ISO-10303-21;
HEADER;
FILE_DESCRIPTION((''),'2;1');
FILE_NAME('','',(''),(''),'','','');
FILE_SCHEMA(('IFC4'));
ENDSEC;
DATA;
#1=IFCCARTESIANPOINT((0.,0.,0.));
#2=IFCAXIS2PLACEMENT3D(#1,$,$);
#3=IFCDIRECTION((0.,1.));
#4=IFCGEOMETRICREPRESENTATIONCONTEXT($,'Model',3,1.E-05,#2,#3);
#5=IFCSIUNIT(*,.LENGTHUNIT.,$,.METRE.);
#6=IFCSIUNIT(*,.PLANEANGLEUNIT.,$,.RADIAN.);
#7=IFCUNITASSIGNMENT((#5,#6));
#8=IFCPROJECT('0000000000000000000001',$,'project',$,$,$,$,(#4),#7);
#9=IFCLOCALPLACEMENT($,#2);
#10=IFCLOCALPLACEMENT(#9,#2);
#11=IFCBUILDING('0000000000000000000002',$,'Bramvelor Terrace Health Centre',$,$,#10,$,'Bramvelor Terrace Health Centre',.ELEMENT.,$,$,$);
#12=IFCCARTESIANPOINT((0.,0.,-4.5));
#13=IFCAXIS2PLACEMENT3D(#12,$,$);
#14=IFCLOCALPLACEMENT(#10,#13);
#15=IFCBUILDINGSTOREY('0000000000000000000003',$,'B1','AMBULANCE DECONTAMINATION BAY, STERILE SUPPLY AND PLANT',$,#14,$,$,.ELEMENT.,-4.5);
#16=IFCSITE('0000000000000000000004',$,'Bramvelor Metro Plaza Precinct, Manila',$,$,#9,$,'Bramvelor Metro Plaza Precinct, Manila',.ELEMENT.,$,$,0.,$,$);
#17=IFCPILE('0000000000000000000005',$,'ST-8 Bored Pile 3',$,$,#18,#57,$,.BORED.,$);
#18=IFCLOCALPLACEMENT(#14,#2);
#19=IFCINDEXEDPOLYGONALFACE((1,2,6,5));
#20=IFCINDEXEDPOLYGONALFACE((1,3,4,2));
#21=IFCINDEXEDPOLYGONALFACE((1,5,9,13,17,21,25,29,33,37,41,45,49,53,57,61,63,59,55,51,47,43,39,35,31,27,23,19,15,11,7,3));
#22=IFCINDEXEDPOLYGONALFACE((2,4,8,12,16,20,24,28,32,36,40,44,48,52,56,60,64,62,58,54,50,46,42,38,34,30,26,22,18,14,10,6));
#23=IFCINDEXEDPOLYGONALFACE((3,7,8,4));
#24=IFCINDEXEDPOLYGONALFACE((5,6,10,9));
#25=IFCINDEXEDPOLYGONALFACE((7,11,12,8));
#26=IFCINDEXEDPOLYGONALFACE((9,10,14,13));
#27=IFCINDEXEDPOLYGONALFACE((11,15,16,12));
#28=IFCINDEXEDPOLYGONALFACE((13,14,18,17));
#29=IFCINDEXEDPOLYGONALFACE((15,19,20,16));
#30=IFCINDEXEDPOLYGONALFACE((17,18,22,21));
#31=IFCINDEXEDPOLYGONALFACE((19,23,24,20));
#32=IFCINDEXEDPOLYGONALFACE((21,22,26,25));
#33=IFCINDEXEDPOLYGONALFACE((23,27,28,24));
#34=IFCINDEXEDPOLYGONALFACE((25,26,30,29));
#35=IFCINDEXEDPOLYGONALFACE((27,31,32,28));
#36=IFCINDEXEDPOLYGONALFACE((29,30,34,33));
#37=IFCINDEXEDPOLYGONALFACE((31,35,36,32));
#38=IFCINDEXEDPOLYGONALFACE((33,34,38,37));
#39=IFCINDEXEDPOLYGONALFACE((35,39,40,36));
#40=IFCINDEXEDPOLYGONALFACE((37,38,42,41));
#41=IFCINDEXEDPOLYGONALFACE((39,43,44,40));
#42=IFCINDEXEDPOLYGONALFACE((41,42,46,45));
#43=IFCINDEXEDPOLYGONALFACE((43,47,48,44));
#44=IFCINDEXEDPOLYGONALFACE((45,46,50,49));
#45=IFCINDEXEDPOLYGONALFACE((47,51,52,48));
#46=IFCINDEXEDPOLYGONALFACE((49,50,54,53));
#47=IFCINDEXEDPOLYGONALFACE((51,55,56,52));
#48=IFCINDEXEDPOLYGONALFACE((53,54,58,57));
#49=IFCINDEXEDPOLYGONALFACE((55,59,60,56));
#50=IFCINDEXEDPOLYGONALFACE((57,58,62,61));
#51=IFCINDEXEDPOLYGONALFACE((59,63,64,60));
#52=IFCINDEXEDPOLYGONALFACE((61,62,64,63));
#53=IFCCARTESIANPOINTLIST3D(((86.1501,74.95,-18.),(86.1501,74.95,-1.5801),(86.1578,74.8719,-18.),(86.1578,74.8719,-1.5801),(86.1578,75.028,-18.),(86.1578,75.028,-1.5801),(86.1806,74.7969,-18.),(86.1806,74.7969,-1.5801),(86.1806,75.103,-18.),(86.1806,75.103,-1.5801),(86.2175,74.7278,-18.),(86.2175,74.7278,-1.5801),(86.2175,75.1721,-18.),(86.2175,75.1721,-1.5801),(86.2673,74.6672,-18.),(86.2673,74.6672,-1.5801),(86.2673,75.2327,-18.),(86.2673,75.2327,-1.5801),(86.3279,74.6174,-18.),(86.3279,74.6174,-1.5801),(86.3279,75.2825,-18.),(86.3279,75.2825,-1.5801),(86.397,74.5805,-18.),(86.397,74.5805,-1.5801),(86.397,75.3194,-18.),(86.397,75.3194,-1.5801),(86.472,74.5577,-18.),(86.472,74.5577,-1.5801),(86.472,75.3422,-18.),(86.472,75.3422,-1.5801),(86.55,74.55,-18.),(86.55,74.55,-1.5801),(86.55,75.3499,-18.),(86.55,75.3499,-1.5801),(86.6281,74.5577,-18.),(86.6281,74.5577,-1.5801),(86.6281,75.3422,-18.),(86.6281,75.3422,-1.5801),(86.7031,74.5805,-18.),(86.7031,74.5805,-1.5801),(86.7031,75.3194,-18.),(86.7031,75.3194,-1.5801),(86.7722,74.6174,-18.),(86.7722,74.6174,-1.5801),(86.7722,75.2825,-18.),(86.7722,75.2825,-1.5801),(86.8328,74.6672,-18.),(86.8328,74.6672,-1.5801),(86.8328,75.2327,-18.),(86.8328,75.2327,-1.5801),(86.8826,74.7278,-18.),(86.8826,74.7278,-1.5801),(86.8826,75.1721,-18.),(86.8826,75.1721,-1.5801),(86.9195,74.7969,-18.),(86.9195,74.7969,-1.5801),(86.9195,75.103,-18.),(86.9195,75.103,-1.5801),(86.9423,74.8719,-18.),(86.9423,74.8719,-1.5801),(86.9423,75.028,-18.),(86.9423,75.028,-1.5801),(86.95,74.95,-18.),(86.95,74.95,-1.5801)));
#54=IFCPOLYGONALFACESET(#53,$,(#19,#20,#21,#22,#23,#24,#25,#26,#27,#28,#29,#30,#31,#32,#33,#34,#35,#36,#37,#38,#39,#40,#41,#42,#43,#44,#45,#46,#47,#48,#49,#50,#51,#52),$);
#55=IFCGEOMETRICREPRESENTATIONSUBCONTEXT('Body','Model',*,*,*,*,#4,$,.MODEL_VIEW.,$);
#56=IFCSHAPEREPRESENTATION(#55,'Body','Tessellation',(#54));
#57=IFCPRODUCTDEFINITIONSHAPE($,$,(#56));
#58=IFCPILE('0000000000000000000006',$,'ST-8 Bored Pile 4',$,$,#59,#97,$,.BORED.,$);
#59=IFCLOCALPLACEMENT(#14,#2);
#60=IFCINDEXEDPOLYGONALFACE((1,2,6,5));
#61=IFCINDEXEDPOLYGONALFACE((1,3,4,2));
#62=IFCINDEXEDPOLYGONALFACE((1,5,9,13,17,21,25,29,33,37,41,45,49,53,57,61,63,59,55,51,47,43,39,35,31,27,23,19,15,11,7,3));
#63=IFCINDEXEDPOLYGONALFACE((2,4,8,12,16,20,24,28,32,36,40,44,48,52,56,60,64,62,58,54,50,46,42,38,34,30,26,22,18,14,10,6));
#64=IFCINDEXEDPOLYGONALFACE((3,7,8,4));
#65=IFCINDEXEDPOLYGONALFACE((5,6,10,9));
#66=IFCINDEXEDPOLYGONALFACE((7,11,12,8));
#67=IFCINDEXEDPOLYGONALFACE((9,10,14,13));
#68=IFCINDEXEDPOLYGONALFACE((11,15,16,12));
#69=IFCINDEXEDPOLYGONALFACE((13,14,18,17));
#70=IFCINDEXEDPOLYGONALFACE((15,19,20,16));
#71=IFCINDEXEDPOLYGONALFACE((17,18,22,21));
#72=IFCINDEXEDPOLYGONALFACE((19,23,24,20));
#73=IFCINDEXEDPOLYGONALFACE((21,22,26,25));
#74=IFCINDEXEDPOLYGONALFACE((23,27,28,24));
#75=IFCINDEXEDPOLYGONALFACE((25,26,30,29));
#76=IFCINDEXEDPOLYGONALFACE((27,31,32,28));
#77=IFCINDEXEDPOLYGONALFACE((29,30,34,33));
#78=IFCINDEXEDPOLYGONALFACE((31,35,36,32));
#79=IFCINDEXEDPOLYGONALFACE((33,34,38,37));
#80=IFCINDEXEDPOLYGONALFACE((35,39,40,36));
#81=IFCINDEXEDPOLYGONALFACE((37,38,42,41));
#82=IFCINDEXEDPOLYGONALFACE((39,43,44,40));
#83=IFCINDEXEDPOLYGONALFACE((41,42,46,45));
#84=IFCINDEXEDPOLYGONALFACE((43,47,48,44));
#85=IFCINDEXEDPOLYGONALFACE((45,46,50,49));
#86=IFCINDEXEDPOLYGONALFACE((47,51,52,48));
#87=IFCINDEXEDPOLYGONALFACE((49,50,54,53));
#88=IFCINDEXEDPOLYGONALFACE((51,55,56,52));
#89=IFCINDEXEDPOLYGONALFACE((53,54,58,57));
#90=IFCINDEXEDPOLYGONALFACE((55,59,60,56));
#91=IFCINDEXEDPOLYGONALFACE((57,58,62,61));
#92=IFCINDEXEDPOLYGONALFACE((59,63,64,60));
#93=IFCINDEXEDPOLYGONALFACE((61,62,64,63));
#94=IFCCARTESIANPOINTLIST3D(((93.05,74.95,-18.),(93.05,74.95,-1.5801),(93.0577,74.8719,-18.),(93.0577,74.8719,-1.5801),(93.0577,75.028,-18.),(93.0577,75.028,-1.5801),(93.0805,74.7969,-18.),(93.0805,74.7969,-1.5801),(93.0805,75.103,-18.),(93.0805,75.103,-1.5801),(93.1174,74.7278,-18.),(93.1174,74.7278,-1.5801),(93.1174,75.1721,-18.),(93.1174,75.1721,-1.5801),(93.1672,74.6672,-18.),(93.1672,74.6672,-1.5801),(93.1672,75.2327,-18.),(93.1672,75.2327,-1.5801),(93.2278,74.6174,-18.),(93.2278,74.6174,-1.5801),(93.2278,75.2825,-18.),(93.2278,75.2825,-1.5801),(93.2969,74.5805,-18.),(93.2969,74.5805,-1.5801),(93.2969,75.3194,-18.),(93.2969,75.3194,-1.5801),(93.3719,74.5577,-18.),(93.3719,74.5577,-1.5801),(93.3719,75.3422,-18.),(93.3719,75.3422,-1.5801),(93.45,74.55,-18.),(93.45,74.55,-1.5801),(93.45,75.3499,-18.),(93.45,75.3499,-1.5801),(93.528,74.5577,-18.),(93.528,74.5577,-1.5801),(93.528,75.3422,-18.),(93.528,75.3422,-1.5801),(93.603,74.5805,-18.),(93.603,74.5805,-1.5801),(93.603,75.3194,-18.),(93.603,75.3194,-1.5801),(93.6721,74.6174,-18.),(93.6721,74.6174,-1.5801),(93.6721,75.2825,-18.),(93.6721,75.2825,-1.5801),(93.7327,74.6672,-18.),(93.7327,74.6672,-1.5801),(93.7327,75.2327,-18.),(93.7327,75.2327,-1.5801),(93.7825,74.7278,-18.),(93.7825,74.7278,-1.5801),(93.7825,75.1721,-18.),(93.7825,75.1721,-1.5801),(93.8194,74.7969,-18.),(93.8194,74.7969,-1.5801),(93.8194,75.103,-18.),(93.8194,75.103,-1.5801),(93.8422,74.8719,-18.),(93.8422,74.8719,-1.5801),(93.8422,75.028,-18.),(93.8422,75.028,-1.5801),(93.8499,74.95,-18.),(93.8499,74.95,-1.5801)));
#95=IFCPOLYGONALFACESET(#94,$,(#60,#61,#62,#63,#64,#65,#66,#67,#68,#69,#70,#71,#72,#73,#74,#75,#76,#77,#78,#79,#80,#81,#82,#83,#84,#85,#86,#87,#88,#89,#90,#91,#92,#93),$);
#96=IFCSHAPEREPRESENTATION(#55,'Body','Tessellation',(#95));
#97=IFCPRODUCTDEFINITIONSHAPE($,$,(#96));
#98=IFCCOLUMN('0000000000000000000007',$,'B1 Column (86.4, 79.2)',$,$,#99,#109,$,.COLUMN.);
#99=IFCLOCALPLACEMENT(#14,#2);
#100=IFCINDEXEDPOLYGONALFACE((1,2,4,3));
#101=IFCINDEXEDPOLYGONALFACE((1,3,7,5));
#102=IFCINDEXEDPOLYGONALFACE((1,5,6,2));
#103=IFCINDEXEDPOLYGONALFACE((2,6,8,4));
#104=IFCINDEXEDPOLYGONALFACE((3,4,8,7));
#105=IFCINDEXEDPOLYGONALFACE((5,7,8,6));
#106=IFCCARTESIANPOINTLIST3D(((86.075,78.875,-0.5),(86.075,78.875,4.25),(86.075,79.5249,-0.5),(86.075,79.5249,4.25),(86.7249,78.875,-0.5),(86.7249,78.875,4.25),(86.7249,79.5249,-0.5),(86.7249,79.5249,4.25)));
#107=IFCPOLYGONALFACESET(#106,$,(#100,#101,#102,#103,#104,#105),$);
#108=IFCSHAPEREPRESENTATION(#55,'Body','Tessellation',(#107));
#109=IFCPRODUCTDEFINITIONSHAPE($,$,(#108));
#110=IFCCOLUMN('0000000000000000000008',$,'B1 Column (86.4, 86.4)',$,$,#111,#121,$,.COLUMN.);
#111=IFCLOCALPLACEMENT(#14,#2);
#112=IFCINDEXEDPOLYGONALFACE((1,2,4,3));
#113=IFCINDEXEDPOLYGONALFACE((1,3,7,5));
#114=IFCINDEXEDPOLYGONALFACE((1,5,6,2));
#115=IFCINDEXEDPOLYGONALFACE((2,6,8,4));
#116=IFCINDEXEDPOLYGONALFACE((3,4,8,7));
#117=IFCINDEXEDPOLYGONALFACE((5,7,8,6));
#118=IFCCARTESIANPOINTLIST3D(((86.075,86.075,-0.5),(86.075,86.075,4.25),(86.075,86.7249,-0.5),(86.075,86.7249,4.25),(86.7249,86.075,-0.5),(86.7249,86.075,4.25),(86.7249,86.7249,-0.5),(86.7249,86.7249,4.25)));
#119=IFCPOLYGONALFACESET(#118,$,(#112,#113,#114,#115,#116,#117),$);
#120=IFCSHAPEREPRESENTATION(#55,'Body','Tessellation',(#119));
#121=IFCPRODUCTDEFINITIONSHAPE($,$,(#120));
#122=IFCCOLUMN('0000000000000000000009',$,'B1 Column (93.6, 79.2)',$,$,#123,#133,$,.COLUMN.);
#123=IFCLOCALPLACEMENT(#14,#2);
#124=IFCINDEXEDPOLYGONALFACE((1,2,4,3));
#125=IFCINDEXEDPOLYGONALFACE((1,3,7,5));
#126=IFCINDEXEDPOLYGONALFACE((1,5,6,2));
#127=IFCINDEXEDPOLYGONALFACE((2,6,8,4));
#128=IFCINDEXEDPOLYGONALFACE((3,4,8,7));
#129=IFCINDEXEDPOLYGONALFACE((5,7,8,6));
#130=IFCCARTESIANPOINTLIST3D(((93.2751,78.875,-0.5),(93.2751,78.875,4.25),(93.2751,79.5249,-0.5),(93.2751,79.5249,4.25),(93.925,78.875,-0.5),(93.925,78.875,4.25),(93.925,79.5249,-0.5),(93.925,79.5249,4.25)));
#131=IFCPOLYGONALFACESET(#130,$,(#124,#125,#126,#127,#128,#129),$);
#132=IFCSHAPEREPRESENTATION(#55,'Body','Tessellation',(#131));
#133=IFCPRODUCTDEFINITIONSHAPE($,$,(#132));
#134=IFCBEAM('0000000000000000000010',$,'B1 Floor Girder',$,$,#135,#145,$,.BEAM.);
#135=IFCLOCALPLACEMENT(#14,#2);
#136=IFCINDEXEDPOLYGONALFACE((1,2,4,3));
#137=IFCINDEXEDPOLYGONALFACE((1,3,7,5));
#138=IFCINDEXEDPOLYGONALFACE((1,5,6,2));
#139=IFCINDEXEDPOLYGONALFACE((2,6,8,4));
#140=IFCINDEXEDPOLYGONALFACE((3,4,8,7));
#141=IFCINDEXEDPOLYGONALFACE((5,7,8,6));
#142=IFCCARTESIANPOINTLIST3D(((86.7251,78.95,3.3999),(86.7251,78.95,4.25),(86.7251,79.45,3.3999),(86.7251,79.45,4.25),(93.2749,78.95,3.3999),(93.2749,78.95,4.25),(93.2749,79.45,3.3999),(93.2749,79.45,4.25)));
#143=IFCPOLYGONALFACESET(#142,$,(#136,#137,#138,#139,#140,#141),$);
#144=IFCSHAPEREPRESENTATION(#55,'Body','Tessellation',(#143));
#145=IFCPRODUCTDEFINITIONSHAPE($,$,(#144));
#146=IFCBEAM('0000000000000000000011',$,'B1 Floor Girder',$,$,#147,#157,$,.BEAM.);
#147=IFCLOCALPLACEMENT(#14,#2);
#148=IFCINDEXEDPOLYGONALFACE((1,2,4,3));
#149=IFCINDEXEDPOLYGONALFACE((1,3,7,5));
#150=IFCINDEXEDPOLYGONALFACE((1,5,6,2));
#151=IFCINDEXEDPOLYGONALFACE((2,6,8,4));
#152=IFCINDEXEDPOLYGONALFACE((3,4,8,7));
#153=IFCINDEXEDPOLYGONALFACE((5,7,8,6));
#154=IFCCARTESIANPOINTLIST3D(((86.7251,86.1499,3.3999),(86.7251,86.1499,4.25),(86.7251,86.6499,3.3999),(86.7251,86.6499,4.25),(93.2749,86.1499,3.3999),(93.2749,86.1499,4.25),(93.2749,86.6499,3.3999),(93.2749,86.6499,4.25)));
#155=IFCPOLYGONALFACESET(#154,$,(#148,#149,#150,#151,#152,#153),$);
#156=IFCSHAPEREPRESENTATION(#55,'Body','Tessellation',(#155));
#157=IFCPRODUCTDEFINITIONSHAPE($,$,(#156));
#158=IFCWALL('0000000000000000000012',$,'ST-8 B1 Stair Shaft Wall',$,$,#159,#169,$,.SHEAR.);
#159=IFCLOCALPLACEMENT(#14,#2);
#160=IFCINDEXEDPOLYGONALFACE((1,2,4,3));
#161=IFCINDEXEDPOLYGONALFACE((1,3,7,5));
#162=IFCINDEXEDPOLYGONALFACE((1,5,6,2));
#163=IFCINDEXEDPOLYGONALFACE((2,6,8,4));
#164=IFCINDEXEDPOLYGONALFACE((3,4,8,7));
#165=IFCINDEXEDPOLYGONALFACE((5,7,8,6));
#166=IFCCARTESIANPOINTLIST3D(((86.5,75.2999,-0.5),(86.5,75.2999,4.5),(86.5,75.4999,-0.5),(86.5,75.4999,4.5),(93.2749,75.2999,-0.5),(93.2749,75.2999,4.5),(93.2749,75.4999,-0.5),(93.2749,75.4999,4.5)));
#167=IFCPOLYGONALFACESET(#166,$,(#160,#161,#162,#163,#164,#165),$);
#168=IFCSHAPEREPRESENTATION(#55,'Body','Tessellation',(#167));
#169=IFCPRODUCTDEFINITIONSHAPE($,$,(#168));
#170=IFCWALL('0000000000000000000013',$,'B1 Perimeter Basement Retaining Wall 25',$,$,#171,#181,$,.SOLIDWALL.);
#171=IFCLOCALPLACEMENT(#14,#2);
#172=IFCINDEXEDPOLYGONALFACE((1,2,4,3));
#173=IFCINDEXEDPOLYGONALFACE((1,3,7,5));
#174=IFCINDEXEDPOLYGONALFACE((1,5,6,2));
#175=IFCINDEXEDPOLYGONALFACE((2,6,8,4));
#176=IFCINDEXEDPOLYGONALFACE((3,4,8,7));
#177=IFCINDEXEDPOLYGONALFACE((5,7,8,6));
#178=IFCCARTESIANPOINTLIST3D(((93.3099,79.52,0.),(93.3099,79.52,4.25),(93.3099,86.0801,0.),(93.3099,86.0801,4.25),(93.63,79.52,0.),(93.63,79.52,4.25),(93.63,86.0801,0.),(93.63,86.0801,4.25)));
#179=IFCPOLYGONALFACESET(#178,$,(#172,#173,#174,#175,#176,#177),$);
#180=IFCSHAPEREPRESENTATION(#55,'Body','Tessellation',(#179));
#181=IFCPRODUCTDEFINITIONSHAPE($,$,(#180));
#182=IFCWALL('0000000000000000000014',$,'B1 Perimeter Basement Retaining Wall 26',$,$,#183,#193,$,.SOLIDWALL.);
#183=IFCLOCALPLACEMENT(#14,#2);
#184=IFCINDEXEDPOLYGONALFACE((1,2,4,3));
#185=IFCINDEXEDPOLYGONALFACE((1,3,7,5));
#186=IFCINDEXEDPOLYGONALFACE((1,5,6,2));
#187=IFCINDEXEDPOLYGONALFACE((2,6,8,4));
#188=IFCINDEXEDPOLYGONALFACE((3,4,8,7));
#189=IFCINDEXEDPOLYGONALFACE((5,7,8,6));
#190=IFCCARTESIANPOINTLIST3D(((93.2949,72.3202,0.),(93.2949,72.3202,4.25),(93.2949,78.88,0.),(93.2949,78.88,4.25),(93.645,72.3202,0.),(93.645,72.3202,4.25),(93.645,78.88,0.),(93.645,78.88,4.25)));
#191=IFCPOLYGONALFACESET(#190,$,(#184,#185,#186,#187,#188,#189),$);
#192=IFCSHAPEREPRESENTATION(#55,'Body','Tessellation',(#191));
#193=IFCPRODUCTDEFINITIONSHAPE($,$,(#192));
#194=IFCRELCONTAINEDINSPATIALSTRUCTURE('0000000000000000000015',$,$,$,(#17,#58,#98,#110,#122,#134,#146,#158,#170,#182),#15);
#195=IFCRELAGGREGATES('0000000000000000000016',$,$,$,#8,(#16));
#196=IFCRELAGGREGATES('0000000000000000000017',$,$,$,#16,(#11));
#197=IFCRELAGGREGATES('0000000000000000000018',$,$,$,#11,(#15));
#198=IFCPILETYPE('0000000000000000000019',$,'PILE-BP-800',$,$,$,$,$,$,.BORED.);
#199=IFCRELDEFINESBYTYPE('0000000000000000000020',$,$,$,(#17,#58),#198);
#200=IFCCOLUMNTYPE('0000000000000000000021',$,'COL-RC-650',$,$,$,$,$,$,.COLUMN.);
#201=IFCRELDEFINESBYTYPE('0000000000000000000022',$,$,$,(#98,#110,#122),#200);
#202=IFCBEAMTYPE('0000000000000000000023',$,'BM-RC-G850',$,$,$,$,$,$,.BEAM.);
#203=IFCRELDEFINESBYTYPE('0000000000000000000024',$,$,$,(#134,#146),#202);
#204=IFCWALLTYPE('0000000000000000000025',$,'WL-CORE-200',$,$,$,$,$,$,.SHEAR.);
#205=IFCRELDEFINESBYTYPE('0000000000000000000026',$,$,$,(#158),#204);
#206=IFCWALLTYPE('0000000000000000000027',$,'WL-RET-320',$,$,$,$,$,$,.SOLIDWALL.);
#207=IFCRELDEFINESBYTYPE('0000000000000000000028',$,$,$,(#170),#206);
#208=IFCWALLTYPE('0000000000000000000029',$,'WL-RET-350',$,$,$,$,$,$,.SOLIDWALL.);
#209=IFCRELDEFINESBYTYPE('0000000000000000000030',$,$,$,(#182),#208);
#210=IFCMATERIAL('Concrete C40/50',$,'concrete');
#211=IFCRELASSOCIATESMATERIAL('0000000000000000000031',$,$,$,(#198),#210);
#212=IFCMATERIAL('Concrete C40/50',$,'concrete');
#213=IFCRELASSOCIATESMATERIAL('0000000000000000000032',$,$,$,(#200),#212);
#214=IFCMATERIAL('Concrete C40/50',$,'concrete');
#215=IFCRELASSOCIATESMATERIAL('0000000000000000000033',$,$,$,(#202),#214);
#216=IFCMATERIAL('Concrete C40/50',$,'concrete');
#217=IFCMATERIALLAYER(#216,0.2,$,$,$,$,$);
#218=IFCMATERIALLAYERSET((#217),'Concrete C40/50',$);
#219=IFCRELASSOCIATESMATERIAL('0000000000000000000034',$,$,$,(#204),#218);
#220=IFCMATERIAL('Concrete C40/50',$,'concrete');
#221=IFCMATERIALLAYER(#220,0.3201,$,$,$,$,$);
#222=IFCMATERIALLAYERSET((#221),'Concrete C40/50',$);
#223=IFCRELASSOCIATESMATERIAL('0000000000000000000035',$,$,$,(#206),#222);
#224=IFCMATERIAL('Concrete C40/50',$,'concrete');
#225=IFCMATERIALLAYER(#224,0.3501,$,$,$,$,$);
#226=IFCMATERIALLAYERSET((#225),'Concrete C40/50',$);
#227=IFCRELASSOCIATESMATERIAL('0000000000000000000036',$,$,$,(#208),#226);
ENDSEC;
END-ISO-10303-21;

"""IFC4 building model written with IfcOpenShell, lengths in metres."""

from ifc_helpers import new_model, si_unit, direction, frame, frame_2d, origin, origin_2d, place, context, subcontext, project, spatial, rectangle, circle, extrude, material, layer, layer_set, material_profile, profile_set, type_object, element, save


model = new_model("IFC4")

# Units and contexts
model_context = context("Model", 3, precision=1e-05, world=origin(), true_north=direction((0.0, 1.0)))
body_context = subcontext(model_context, "Body", "Model", "MODEL_VIEW")
ifc_project = project(units=[si_unit("LENGTHUNIT", "METRE"), si_unit("PLANEANGLEUNIT", "RADIAN")], contexts=[model_context])

# Site, building, storey
site_placement = place(None, origin())
site = spatial("IfcSite", under=ifc_project, at=site_placement, Name="Bramvelor Metro Plaza Precinct, Manila", LongName="Bramvelor Metro Plaza Precinct, Manila", CompositionType="ELEMENT", RefElevation=0.0)
building_placement = place(site_placement, origin())
building = spatial("IfcBuilding", under=site, at=building_placement, Name="Bramvelor Terrace Health Centre", LongName="Bramvelor Terrace Health Centre", CompositionType="ELEMENT")
storey_placement = place(building_placement, frame((0.0, 0.0, -4.5)))
storey = spatial("IfcBuildingStorey", under=building, at=storey_placement, Name="B1", Description="AMBULANCE DECONTAMINATION BAY, STERILE SUPPLY AND PLANT", CompositionType="ELEMENT", Elevation=-4.5)

# Piles
ifc_material_1 = material(Name="Concrete C40/50", Category="concrete")
ifc_material_profile_1 = material_profile(ifc_material_1, circle(Radius=0.3999, at=origin_2d()), Name="BP D800")
ifc_profile_set_1 = profile_set([ifc_material_profile_1], Name="Concrete C40/50")
pile_type_1 = type_object("IfcPileType", Name="PILE-BP-800", PredefinedType="BORED", material=ifc_profile_set_1)
for number, where, z_axis, x_axis, name in (
    (1, (86.55, 74.95, -1.5801), (0.0, 0.0, -1.0), (1.0, 0.0, 0.0), "ST-8 Bored Pile 3"),
    (2, (93.45, 74.95, -1.5801), (0.0, 0.0, -1.0), (1.0, 0.0, 0.0), "ST-8 Bored Pile 4"),
):
    element("IfcPile", number, at=place(storey_placement, frame(where, z_axis=z_axis, x_axis=x_axis)), inside=storey, type_object=pile_type_1, Name=name, PredefinedType="BORED", context=body_context, shape_type="SweptSolid", body=[
        extrude(circle(Radius=0.3999, at=origin_2d()), origin(), (0.0, 0.0, 1.0), 16.4199),
    ])

# Columns
ifc_material_2 = material(Name="Concrete C40/50", Category="concrete")
ifc_material_profile_2 = material_profile(ifc_material_2, rectangle(XDim=0.6499, YDim=0.6499, at=origin_2d()), Name="RC 650x650")
ifc_profile_set_2 = profile_set([ifc_material_profile_2], Name="Concrete C40/50")
column_type = type_object("IfcColumnType", Name="COL-RC-650", PredefinedType="COLUMN", material=ifc_profile_set_2)
for number, where, z_axis, x_axis, name in (
    (3, (86.3999, 79.2, -0.5), (0.0, 0.0, 1.0), (1.0, 0.0, 0.0), "B1 Column (86.4, 79.2)"),
    (4, (86.3999, 86.3999, -0.5), (0.0, 0.0, 1.0), (1.0, 0.0, 0.0), "B1 Column (86.4, 86.4)"),
    (5, (93.6001, 79.2, -0.5), (0.0, 0.0, 1.0), (1.0, 0.0, 0.0), "B1 Column (93.6, 79.2)"),
):
    element("IfcColumn", number, at=place(storey_placement, frame(where, z_axis=z_axis, x_axis=x_axis)), inside=storey, type_object=column_type, Name=name, PredefinedType="COLUMN", context=body_context, shape_type="SweptSolid", body=[
        extrude(rectangle(XDim=0.6499, YDim=0.6499, at=origin_2d()), origin(), (0.0, 0.0, 1.0), 4.75),
    ])

# Beams
ifc_material_3 = material(Name="Concrete C40/50", Category="concrete")
ifc_material_profile_3 = material_profile(ifc_material_3, rectangle(XDim=0.5, YDim=0.8501, at=origin_2d()), Name="RC 500x850")
ifc_profile_set_3 = profile_set([ifc_material_profile_3], Name="Concrete C40/50")
beam_type = type_object("IfcBeamType", Name="BM-RC-G850", PredefinedType="BEAM", material=ifc_profile_set_3)
for number, where, z_axis, x_axis, name in (
    (6, (86.7251, 79.2, 3.825), (1.0, 0.0, 0.0), (0.0, 1.0, 0.0), "B1 Floor Girder"),
    (7, (86.7251, 86.3999, 3.825), (1.0, 0.0, 0.0), (0.0, 1.0, 0.0), "B1 Floor Girder"),
):
    element("IfcBeam", number, at=place(storey_placement, frame(where, z_axis=z_axis, x_axis=x_axis)), inside=storey, type_object=beam_type, Name=name, PredefinedType="BEAM", context=body_context, shape_type="SweptSolid", body=[
        extrude(rectangle(XDim=0.5, YDim=0.8501, at=origin_2d()), origin(), (0.0, 0.0, 1.0), 6.5498),
    ])

# Walls
ifc_material_4 = material(Name="Concrete C40/50", Category="concrete")
ifc_layer_1 = layer(ifc_material_4, 0.2)
ifc_layer_set_1 = layer_set([ifc_layer_1], Name="Concrete C40/50")
wall_type_1 = type_object("IfcWallType", Name="WL-CORE-200", PredefinedType="SHEAR", material=ifc_layer_set_1)
wall_1_placement = place(storey_placement, frame((86.5, 75.3999, -0.5), z_axis=(0.0, 0.0, 1.0), x_axis=(1.0, 0.0, 0.0)))
element("IfcWall", 8, at=wall_1_placement, inside=storey, type_object=wall_type_1, Name="ST-8 B1 Stair Shaft Wall", PredefinedType="SHEAR", context=body_context, shape_type="SweptSolid", body=[
    extrude(rectangle(XDim=6.7749, YDim=0.2, at=frame_2d((3.3875, 0.0))), origin(), (0.0, 0.0, 1.0), 5.0),
])
ifc_material_5 = material(Name="Concrete C40/50", Category="concrete")
ifc_layer_2 = layer(ifc_material_5, 0.3201)
ifc_layer_set_2 = layer_set([ifc_layer_2], Name="Concrete C40/50")
wall_type_2 = type_object("IfcWallType", Name="WL-RET-320", PredefinedType="SOLIDWALL", material=ifc_layer_set_2)
wall_2_placement = place(storey_placement, frame((93.47, 86.0801, 0.0), z_axis=(0.0, 0.0, 1.0), x_axis=(0.0, -1.0, 0.0)))
element("IfcWall", 9, at=wall_2_placement, inside=storey, type_object=wall_type_2, Name="B1 Perimeter Basement Retaining Wall 25", PredefinedType="SOLIDWALL", context=body_context, shape_type="SweptSolid", body=[
    extrude(rectangle(XDim=6.5601, YDim=0.3201, at=frame_2d((3.28, 0.0))), origin(), (0.0, 0.0, 1.0), 4.25),
])
ifc_material_6 = material(Name="Concrete C40/50", Category="concrete")
ifc_layer_3 = layer(ifc_material_6, 0.3501)
ifc_layer_set_3 = layer_set([ifc_layer_3], Name="Concrete C40/50")
wall_type_3 = type_object("IfcWallType", Name="WL-RET-350", PredefinedType="SOLIDWALL", material=ifc_layer_set_3)
wall_3_placement = place(storey_placement, frame((93.47, 78.8799, 0.0), z_axis=(0.0, 0.0, 1.0), x_axis=(0.0, -1.0, 0.0)))
element("IfcWall", 10, at=wall_3_placement, inside=storey, type_object=wall_type_3, Name="B1 Perimeter Basement Retaining Wall 26", PredefinedType="SOLIDWALL", context=body_context, shape_type="SweptSolid", body=[
    extrude(rectangle(XDim=6.5598, YDim=0.3501, at=frame_2d((3.2798, 0.0))), origin(), (0.0, 0.0, 1.0), 4.25),
])

save(model, "model.ifc")
